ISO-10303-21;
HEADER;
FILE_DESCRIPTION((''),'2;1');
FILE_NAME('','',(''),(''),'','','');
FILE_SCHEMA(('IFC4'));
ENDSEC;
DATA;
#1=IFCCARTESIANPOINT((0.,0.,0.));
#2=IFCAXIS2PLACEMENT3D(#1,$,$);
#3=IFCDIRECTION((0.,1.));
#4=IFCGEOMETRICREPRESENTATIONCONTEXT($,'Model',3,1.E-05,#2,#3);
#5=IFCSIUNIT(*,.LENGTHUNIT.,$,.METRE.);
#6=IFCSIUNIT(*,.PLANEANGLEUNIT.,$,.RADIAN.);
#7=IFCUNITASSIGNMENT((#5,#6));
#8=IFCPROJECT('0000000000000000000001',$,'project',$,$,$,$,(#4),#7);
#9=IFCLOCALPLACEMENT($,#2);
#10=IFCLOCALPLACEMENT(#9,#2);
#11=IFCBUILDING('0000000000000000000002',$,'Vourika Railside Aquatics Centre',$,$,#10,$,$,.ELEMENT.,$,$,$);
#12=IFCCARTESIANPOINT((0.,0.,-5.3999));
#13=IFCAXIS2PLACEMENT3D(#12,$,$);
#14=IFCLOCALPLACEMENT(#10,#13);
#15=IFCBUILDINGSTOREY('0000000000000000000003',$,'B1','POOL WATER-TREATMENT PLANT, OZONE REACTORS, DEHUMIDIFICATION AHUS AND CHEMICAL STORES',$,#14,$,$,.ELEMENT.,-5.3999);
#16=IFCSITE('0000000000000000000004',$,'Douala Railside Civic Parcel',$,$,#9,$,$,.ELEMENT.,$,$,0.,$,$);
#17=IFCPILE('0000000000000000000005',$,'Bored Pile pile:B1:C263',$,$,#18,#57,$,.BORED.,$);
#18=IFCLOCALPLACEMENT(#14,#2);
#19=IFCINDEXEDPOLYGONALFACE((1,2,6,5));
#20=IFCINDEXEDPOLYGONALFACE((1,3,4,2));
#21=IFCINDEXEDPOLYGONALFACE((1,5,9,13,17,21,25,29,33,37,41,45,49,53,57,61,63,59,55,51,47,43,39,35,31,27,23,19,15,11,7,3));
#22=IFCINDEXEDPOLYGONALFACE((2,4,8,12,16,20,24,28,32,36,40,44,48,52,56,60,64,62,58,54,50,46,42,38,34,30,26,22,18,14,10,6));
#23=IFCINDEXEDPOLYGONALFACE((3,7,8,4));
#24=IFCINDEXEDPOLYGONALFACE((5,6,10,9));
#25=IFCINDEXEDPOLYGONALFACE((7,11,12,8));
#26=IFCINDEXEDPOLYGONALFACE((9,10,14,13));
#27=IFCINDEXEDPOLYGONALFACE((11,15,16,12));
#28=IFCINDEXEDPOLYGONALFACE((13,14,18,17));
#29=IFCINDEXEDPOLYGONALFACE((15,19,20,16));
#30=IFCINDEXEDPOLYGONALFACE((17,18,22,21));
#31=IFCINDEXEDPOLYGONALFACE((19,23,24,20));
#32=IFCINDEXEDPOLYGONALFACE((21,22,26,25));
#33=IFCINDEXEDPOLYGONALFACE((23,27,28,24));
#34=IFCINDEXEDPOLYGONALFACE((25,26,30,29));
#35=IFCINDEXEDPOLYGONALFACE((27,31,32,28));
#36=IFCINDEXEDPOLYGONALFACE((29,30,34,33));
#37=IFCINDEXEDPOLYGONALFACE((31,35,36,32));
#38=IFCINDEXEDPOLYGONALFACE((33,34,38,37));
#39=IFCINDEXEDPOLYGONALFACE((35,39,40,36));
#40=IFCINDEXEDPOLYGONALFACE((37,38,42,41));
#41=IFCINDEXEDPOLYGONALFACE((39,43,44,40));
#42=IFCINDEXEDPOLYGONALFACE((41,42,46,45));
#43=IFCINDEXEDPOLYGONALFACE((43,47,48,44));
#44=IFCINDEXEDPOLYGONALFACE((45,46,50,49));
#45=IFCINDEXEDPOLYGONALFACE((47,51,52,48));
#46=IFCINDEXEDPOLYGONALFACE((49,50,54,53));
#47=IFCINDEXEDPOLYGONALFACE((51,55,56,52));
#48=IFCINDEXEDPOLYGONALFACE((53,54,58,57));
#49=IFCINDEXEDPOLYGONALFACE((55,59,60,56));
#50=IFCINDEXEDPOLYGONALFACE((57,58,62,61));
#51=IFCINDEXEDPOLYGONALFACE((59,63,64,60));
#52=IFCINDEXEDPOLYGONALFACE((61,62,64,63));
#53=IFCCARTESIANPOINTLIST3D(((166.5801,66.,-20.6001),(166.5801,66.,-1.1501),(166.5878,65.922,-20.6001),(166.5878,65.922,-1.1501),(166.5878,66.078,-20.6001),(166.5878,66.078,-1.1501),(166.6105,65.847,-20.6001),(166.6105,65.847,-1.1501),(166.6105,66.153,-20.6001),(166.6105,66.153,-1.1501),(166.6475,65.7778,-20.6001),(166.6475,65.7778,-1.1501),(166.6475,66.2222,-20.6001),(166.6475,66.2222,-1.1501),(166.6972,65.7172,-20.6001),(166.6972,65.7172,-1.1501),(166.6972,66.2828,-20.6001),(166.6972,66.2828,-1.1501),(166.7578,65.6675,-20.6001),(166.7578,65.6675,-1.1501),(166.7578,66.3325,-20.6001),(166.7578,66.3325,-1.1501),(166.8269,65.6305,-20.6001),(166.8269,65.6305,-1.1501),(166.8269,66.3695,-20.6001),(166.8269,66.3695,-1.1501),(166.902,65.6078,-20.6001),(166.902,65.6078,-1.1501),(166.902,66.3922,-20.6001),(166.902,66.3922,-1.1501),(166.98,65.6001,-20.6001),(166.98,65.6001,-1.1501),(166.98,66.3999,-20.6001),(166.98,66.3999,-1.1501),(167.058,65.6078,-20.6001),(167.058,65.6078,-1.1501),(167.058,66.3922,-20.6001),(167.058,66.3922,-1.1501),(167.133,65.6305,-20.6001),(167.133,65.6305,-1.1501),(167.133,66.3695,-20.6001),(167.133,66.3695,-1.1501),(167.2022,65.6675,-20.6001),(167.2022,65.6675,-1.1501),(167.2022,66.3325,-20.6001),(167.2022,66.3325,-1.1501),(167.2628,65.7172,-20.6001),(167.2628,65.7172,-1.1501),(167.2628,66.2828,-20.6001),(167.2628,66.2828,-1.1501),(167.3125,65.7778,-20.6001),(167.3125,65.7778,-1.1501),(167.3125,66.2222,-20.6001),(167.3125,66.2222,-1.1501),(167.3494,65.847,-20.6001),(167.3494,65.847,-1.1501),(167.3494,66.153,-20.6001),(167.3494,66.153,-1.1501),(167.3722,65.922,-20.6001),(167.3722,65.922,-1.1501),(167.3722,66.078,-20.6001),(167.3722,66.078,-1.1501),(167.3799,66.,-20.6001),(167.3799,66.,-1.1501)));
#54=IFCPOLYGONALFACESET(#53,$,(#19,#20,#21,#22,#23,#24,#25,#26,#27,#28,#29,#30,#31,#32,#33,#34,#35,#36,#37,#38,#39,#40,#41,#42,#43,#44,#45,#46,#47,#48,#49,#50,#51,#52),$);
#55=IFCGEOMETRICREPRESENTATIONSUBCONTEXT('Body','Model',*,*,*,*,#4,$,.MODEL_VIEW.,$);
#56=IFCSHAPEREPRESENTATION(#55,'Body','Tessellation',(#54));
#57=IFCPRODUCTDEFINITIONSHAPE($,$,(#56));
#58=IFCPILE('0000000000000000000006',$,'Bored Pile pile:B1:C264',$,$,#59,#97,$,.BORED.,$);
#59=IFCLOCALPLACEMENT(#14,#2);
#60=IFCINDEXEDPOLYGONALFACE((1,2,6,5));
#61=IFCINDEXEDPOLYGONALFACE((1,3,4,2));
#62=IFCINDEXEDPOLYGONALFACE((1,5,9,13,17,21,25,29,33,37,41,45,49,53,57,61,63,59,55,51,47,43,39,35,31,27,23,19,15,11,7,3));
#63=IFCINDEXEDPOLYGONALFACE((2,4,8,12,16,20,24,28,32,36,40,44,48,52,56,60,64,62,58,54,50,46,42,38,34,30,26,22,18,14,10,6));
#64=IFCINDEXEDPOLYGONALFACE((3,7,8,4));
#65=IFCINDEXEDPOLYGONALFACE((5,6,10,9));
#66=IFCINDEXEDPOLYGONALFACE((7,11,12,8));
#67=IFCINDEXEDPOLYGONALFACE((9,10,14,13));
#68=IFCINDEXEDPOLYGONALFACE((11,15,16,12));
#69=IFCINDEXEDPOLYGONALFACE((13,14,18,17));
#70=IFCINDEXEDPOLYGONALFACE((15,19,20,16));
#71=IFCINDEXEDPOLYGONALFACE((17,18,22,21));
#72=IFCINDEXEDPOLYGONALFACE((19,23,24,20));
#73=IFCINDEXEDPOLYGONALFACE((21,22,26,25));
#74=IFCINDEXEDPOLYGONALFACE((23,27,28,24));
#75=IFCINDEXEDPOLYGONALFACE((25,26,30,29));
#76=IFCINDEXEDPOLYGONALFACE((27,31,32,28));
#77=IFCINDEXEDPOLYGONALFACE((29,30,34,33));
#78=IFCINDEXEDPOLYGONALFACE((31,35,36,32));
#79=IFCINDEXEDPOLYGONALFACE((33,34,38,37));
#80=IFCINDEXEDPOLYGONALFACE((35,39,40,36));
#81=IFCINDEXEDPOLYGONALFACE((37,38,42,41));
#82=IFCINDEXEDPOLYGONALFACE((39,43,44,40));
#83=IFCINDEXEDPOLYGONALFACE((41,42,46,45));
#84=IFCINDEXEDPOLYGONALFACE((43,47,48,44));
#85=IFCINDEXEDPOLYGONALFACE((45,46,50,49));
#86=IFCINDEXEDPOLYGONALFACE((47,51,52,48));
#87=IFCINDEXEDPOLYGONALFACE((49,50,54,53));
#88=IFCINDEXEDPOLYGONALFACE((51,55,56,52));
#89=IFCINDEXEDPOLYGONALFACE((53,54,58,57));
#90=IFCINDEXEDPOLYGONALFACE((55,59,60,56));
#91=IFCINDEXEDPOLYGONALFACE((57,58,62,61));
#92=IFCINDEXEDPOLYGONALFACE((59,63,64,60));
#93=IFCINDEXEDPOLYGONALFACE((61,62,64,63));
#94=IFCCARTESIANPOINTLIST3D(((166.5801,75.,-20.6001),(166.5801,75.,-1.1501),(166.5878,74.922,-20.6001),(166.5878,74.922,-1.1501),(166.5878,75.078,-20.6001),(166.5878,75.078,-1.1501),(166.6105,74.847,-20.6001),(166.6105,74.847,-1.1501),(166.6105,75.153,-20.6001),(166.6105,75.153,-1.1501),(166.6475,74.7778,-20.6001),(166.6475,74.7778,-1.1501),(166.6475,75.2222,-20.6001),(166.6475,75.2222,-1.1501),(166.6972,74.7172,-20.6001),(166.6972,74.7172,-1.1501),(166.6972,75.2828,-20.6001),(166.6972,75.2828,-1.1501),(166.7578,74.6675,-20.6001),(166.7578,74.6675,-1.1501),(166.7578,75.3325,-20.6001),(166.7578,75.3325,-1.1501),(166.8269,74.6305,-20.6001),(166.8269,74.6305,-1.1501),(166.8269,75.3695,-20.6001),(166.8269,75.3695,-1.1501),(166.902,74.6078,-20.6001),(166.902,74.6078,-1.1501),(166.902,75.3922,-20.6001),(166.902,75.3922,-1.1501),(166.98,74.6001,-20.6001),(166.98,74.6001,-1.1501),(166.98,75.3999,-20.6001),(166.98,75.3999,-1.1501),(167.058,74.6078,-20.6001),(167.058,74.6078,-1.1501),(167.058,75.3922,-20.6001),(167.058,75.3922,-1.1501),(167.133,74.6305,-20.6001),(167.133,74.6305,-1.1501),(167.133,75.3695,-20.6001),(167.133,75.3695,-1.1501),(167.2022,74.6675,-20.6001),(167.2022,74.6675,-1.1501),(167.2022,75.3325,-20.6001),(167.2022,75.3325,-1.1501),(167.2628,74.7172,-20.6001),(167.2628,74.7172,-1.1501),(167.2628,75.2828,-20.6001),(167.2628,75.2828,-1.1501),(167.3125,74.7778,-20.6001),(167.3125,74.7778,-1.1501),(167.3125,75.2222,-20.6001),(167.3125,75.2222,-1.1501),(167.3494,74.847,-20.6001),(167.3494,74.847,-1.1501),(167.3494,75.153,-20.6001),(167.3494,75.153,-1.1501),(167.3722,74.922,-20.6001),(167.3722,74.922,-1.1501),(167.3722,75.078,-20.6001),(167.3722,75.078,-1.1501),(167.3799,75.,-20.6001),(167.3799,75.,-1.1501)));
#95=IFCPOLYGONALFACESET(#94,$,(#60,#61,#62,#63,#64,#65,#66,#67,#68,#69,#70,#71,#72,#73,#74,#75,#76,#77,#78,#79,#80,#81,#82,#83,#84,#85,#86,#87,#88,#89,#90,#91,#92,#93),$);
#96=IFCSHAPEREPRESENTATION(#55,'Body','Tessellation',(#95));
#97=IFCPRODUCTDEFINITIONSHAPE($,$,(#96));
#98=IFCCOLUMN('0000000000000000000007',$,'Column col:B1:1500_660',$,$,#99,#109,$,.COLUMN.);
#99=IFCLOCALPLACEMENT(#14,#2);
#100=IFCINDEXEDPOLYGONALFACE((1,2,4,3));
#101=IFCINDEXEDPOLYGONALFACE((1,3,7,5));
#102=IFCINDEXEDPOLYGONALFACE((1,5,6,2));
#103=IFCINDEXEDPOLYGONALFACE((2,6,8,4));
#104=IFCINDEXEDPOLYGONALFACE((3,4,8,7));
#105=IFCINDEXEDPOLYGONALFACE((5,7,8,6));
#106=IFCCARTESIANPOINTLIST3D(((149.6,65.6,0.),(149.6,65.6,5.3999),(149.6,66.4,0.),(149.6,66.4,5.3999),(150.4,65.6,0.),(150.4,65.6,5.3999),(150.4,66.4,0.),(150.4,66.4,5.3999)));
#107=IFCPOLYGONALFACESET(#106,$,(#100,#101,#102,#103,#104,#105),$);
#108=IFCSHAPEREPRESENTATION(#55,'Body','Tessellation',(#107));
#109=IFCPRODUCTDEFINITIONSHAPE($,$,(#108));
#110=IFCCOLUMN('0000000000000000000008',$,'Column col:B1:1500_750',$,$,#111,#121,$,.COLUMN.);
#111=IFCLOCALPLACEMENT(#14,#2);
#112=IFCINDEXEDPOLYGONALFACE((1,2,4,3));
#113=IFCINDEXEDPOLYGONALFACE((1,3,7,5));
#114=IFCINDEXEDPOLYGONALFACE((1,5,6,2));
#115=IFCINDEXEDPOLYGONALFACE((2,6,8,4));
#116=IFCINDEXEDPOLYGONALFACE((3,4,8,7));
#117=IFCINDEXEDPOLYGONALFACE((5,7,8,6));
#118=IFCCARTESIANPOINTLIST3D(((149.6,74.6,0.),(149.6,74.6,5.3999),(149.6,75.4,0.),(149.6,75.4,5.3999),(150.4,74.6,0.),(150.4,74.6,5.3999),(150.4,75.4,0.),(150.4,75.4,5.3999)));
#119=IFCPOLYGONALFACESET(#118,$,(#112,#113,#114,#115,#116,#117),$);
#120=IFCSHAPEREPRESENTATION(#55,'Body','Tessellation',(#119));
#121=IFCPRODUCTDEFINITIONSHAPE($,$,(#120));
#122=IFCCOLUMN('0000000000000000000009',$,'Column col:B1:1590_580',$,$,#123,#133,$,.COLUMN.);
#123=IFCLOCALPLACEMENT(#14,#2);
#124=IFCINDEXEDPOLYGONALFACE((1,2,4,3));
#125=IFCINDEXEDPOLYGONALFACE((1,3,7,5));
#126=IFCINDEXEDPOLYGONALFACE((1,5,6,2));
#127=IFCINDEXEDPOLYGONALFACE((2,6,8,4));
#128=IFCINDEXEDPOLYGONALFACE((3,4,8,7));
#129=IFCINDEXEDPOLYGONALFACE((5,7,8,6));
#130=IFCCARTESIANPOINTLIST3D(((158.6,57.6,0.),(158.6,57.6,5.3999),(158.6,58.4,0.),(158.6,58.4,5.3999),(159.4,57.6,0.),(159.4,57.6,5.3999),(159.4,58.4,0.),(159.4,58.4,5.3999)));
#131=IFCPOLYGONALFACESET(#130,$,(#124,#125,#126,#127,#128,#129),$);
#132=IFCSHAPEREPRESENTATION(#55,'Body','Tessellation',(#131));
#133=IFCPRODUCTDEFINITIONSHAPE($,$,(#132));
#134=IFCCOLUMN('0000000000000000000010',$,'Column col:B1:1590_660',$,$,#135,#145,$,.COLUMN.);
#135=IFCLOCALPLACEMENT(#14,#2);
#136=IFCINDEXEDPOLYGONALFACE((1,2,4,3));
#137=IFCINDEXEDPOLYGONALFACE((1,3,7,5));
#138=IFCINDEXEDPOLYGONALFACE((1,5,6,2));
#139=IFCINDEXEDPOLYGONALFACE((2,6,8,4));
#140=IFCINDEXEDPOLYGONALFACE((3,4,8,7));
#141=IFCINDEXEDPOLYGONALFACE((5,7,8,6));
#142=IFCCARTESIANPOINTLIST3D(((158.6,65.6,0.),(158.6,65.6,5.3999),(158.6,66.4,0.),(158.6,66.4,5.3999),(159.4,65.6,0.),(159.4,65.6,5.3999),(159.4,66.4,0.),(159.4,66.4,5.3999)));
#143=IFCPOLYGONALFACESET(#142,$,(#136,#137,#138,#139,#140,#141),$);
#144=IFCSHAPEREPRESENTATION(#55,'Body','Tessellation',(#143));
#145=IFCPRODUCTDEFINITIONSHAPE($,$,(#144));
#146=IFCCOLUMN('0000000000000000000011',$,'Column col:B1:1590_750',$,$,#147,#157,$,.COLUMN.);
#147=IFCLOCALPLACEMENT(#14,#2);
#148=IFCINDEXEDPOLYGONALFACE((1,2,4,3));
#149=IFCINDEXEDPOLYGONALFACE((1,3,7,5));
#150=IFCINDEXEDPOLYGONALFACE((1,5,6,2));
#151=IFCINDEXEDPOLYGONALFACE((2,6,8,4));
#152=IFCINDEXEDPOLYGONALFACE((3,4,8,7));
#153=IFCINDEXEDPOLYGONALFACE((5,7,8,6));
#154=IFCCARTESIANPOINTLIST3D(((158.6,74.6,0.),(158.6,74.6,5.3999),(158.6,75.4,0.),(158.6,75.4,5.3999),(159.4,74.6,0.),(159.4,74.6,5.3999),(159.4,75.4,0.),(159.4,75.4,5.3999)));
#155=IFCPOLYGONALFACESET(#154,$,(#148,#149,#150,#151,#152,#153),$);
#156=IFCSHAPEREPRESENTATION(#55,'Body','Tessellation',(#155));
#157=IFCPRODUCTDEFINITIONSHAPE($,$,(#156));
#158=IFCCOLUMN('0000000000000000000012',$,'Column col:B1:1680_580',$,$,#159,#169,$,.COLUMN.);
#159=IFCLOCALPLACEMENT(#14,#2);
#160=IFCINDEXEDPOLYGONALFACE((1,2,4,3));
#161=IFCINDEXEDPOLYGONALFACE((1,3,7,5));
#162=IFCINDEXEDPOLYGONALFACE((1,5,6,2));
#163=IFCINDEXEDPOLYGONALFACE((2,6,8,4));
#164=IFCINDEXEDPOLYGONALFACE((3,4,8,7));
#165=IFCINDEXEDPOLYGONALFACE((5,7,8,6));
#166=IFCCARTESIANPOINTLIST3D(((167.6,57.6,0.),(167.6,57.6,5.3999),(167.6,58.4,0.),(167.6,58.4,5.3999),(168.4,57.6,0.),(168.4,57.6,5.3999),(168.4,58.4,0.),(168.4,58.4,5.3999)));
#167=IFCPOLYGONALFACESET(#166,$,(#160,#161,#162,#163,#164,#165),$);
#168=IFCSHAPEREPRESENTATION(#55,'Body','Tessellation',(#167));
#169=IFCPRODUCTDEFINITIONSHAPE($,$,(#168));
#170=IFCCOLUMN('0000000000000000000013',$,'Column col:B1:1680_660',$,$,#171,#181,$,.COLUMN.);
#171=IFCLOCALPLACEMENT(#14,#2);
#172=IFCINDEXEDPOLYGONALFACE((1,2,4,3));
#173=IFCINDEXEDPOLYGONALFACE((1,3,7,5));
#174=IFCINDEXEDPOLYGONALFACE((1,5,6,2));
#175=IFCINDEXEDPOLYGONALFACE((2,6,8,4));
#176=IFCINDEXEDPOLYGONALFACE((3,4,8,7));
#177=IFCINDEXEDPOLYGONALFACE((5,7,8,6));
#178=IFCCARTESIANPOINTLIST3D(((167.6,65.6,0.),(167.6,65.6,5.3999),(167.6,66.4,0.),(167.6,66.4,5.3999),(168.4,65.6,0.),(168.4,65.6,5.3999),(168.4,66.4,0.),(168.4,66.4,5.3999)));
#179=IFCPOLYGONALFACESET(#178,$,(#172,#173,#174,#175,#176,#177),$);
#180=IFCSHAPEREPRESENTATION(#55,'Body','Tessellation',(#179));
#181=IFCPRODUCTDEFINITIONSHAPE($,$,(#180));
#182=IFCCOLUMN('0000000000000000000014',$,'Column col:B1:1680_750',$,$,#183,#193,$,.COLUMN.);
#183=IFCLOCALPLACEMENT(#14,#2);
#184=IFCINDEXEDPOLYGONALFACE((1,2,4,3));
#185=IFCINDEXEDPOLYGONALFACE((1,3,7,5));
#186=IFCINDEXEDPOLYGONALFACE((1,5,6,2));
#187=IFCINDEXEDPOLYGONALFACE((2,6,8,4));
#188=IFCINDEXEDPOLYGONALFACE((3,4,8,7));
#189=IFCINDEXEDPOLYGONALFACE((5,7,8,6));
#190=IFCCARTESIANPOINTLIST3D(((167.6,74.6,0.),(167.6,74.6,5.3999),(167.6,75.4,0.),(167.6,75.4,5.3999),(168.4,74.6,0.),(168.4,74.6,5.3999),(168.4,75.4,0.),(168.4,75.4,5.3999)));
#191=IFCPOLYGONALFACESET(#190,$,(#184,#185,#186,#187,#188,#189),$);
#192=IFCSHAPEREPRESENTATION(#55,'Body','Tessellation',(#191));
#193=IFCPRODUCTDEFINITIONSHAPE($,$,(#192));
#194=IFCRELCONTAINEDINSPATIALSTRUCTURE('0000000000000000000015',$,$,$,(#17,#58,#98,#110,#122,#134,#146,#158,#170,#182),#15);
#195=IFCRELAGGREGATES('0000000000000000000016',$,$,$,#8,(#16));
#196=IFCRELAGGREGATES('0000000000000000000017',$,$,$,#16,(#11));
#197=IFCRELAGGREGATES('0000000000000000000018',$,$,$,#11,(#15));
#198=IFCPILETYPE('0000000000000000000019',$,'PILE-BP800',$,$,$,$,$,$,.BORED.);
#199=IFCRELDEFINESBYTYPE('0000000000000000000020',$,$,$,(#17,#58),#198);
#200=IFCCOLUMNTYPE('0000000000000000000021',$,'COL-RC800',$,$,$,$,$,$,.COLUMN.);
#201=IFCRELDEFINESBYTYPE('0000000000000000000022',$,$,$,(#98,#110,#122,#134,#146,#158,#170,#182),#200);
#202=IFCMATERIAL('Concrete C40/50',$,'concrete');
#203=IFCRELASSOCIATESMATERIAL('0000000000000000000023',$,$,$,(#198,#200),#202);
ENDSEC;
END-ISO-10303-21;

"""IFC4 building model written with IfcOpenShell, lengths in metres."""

from ifc_helpers import new_model, si_unit, direction, frame, origin, origin_2d, place, context, subcontext, project, spatial, rectangle, circle, extrude, material, material_profile, profile_set, type_object, element, save


model = new_model("IFC4")

# Units and contexts
model_context = context("Model", 3, precision=1e-05, world=origin(), true_north=direction((0.0, 1.0)))
body_context = subcontext(model_context, "Body", "Model", "MODEL_VIEW")
ifc_project = project(units=[si_unit("LENGTHUNIT", "METRE"), si_unit("PLANEANGLEUNIT", "RADIAN")], contexts=[model_context])

# Site, building, storey
site_placement = place(None, origin())
site = spatial("IfcSite", under=ifc_project, at=site_placement, Name="Douala Railside Civic Parcel", CompositionType="ELEMENT", RefElevation=0.0)
building_placement = place(site_placement, origin())
building = spatial("IfcBuilding", under=site, at=building_placement, Name="Vourika Railside Aquatics Centre", CompositionType="ELEMENT")
storey_placement = place(building_placement, frame((0.0, 0.0, -5.3999)))
storey = spatial("IfcBuildingStorey", under=building, at=storey_placement, Name="B1", Description="POOL WATER-TREATMENT PLANT, OZONE REACTORS, DEHUMIDIFICATION AHUS AND CHEMICAL STORES", CompositionType="ELEMENT", Elevation=-5.3999)

# Shared definitions
ifc_material = material(Name="Concrete C40/50", Category="concrete")

# Piles
ifc_material_profile_1 = material_profile(ifc_material, circle(Radius=0.3999, at=origin_2d()), Name="BP 800")
ifc_profile_set_1 = profile_set([ifc_material_profile_1], Name="Concrete C40/50")
pile_type = type_object("IfcPileType", Name="PILE-BP800", PredefinedType="BORED", material=ifc_profile_set_1)
for number, where, z_axis, x_axis, name in (
    (1, (166.98, 66.0, -1.1501), (0.0, 0.0, -1.0), (1.0, 0.0, 0.0), "Bored Pile pile:B1:C263"),
    (2, (166.98, 75.0, -1.1501), (0.0, 0.0, -1.0), (1.0, 0.0, 0.0), "Bored Pile pile:B1:C264"),
):
    element("IfcPile", number, at=place(storey_placement, frame(where, z_axis=z_axis, x_axis=x_axis)), inside=storey, type_object=pile_type, Name=name, PredefinedType="BORED", context=body_context, shape_type="SweptSolid", body=[
        extrude(circle(Radius=0.3999, at=origin_2d()), origin(), (0.0, 0.0, 1.0), 19.45),
    ])

# Columns
ifc_material_profile_2 = material_profile(ifc_material, rectangle(XDim=0.8, YDim=0.8, at=origin_2d()), Name="RC 800x800")
ifc_profile_set_2 = profile_set([ifc_material_profile_2], Name="Concrete C40/50")
column_type = type_object("IfcColumnType", Name="COL-RC800", PredefinedType="COLUMN", material=ifc_profile_set_2)
for number, where, z_axis, x_axis, name in (
    (3, (150.0, 66.0, 0.0), (0.0, 0.0, 1.0), (1.0, 0.0, 0.0), "Column col:B1:1500_660"),
    (4, (150.0, 75.0, 0.0), (0.0, 0.0, 1.0), (1.0, 0.0, 0.0), "Column col:B1:1500_750"),
    (5, (159.0, 58.0, 0.0), (0.0, 0.0, 1.0), (1.0, 0.0, 0.0), "Column col:B1:1590_580"),
    (6, (159.0, 66.0, 0.0), (0.0, 0.0, 1.0), (1.0, 0.0, 0.0), "Column col:B1:1590_660"),
    (7, (159.0, 75.0, 0.0), (0.0, 0.0, 1.0), (1.0, 0.0, 0.0), "Column col:B1:1590_750"),
    (8, (168.0, 58.0, 0.0), (0.0, 0.0, 1.0), (1.0, 0.0, 0.0), "Column col:B1:1680_580"),
    (9, (168.0, 66.0, 0.0), (0.0, 0.0, 1.0), (1.0, 0.0, 0.0), "Column col:B1:1680_660"),
    (10, (168.0, 75.0, 0.0), (0.0, 0.0, 1.0), (1.0, 0.0, 0.0), "Column col:B1:1680_750"),
):
    element("IfcColumn", number, at=place(storey_placement, frame(where, z_axis=z_axis, x_axis=x_axis)), inside=storey, type_object=column_type, Name=name, PredefinedType="COLUMN", context=body_context, shape_type="SweptSolid", body=[
        extrude(rectangle(XDim=0.8, YDim=0.8, at=origin_2d()), origin(), (0.0, 0.0, 1.0), 5.3999),
    ])

save(model, "model.ifc")
